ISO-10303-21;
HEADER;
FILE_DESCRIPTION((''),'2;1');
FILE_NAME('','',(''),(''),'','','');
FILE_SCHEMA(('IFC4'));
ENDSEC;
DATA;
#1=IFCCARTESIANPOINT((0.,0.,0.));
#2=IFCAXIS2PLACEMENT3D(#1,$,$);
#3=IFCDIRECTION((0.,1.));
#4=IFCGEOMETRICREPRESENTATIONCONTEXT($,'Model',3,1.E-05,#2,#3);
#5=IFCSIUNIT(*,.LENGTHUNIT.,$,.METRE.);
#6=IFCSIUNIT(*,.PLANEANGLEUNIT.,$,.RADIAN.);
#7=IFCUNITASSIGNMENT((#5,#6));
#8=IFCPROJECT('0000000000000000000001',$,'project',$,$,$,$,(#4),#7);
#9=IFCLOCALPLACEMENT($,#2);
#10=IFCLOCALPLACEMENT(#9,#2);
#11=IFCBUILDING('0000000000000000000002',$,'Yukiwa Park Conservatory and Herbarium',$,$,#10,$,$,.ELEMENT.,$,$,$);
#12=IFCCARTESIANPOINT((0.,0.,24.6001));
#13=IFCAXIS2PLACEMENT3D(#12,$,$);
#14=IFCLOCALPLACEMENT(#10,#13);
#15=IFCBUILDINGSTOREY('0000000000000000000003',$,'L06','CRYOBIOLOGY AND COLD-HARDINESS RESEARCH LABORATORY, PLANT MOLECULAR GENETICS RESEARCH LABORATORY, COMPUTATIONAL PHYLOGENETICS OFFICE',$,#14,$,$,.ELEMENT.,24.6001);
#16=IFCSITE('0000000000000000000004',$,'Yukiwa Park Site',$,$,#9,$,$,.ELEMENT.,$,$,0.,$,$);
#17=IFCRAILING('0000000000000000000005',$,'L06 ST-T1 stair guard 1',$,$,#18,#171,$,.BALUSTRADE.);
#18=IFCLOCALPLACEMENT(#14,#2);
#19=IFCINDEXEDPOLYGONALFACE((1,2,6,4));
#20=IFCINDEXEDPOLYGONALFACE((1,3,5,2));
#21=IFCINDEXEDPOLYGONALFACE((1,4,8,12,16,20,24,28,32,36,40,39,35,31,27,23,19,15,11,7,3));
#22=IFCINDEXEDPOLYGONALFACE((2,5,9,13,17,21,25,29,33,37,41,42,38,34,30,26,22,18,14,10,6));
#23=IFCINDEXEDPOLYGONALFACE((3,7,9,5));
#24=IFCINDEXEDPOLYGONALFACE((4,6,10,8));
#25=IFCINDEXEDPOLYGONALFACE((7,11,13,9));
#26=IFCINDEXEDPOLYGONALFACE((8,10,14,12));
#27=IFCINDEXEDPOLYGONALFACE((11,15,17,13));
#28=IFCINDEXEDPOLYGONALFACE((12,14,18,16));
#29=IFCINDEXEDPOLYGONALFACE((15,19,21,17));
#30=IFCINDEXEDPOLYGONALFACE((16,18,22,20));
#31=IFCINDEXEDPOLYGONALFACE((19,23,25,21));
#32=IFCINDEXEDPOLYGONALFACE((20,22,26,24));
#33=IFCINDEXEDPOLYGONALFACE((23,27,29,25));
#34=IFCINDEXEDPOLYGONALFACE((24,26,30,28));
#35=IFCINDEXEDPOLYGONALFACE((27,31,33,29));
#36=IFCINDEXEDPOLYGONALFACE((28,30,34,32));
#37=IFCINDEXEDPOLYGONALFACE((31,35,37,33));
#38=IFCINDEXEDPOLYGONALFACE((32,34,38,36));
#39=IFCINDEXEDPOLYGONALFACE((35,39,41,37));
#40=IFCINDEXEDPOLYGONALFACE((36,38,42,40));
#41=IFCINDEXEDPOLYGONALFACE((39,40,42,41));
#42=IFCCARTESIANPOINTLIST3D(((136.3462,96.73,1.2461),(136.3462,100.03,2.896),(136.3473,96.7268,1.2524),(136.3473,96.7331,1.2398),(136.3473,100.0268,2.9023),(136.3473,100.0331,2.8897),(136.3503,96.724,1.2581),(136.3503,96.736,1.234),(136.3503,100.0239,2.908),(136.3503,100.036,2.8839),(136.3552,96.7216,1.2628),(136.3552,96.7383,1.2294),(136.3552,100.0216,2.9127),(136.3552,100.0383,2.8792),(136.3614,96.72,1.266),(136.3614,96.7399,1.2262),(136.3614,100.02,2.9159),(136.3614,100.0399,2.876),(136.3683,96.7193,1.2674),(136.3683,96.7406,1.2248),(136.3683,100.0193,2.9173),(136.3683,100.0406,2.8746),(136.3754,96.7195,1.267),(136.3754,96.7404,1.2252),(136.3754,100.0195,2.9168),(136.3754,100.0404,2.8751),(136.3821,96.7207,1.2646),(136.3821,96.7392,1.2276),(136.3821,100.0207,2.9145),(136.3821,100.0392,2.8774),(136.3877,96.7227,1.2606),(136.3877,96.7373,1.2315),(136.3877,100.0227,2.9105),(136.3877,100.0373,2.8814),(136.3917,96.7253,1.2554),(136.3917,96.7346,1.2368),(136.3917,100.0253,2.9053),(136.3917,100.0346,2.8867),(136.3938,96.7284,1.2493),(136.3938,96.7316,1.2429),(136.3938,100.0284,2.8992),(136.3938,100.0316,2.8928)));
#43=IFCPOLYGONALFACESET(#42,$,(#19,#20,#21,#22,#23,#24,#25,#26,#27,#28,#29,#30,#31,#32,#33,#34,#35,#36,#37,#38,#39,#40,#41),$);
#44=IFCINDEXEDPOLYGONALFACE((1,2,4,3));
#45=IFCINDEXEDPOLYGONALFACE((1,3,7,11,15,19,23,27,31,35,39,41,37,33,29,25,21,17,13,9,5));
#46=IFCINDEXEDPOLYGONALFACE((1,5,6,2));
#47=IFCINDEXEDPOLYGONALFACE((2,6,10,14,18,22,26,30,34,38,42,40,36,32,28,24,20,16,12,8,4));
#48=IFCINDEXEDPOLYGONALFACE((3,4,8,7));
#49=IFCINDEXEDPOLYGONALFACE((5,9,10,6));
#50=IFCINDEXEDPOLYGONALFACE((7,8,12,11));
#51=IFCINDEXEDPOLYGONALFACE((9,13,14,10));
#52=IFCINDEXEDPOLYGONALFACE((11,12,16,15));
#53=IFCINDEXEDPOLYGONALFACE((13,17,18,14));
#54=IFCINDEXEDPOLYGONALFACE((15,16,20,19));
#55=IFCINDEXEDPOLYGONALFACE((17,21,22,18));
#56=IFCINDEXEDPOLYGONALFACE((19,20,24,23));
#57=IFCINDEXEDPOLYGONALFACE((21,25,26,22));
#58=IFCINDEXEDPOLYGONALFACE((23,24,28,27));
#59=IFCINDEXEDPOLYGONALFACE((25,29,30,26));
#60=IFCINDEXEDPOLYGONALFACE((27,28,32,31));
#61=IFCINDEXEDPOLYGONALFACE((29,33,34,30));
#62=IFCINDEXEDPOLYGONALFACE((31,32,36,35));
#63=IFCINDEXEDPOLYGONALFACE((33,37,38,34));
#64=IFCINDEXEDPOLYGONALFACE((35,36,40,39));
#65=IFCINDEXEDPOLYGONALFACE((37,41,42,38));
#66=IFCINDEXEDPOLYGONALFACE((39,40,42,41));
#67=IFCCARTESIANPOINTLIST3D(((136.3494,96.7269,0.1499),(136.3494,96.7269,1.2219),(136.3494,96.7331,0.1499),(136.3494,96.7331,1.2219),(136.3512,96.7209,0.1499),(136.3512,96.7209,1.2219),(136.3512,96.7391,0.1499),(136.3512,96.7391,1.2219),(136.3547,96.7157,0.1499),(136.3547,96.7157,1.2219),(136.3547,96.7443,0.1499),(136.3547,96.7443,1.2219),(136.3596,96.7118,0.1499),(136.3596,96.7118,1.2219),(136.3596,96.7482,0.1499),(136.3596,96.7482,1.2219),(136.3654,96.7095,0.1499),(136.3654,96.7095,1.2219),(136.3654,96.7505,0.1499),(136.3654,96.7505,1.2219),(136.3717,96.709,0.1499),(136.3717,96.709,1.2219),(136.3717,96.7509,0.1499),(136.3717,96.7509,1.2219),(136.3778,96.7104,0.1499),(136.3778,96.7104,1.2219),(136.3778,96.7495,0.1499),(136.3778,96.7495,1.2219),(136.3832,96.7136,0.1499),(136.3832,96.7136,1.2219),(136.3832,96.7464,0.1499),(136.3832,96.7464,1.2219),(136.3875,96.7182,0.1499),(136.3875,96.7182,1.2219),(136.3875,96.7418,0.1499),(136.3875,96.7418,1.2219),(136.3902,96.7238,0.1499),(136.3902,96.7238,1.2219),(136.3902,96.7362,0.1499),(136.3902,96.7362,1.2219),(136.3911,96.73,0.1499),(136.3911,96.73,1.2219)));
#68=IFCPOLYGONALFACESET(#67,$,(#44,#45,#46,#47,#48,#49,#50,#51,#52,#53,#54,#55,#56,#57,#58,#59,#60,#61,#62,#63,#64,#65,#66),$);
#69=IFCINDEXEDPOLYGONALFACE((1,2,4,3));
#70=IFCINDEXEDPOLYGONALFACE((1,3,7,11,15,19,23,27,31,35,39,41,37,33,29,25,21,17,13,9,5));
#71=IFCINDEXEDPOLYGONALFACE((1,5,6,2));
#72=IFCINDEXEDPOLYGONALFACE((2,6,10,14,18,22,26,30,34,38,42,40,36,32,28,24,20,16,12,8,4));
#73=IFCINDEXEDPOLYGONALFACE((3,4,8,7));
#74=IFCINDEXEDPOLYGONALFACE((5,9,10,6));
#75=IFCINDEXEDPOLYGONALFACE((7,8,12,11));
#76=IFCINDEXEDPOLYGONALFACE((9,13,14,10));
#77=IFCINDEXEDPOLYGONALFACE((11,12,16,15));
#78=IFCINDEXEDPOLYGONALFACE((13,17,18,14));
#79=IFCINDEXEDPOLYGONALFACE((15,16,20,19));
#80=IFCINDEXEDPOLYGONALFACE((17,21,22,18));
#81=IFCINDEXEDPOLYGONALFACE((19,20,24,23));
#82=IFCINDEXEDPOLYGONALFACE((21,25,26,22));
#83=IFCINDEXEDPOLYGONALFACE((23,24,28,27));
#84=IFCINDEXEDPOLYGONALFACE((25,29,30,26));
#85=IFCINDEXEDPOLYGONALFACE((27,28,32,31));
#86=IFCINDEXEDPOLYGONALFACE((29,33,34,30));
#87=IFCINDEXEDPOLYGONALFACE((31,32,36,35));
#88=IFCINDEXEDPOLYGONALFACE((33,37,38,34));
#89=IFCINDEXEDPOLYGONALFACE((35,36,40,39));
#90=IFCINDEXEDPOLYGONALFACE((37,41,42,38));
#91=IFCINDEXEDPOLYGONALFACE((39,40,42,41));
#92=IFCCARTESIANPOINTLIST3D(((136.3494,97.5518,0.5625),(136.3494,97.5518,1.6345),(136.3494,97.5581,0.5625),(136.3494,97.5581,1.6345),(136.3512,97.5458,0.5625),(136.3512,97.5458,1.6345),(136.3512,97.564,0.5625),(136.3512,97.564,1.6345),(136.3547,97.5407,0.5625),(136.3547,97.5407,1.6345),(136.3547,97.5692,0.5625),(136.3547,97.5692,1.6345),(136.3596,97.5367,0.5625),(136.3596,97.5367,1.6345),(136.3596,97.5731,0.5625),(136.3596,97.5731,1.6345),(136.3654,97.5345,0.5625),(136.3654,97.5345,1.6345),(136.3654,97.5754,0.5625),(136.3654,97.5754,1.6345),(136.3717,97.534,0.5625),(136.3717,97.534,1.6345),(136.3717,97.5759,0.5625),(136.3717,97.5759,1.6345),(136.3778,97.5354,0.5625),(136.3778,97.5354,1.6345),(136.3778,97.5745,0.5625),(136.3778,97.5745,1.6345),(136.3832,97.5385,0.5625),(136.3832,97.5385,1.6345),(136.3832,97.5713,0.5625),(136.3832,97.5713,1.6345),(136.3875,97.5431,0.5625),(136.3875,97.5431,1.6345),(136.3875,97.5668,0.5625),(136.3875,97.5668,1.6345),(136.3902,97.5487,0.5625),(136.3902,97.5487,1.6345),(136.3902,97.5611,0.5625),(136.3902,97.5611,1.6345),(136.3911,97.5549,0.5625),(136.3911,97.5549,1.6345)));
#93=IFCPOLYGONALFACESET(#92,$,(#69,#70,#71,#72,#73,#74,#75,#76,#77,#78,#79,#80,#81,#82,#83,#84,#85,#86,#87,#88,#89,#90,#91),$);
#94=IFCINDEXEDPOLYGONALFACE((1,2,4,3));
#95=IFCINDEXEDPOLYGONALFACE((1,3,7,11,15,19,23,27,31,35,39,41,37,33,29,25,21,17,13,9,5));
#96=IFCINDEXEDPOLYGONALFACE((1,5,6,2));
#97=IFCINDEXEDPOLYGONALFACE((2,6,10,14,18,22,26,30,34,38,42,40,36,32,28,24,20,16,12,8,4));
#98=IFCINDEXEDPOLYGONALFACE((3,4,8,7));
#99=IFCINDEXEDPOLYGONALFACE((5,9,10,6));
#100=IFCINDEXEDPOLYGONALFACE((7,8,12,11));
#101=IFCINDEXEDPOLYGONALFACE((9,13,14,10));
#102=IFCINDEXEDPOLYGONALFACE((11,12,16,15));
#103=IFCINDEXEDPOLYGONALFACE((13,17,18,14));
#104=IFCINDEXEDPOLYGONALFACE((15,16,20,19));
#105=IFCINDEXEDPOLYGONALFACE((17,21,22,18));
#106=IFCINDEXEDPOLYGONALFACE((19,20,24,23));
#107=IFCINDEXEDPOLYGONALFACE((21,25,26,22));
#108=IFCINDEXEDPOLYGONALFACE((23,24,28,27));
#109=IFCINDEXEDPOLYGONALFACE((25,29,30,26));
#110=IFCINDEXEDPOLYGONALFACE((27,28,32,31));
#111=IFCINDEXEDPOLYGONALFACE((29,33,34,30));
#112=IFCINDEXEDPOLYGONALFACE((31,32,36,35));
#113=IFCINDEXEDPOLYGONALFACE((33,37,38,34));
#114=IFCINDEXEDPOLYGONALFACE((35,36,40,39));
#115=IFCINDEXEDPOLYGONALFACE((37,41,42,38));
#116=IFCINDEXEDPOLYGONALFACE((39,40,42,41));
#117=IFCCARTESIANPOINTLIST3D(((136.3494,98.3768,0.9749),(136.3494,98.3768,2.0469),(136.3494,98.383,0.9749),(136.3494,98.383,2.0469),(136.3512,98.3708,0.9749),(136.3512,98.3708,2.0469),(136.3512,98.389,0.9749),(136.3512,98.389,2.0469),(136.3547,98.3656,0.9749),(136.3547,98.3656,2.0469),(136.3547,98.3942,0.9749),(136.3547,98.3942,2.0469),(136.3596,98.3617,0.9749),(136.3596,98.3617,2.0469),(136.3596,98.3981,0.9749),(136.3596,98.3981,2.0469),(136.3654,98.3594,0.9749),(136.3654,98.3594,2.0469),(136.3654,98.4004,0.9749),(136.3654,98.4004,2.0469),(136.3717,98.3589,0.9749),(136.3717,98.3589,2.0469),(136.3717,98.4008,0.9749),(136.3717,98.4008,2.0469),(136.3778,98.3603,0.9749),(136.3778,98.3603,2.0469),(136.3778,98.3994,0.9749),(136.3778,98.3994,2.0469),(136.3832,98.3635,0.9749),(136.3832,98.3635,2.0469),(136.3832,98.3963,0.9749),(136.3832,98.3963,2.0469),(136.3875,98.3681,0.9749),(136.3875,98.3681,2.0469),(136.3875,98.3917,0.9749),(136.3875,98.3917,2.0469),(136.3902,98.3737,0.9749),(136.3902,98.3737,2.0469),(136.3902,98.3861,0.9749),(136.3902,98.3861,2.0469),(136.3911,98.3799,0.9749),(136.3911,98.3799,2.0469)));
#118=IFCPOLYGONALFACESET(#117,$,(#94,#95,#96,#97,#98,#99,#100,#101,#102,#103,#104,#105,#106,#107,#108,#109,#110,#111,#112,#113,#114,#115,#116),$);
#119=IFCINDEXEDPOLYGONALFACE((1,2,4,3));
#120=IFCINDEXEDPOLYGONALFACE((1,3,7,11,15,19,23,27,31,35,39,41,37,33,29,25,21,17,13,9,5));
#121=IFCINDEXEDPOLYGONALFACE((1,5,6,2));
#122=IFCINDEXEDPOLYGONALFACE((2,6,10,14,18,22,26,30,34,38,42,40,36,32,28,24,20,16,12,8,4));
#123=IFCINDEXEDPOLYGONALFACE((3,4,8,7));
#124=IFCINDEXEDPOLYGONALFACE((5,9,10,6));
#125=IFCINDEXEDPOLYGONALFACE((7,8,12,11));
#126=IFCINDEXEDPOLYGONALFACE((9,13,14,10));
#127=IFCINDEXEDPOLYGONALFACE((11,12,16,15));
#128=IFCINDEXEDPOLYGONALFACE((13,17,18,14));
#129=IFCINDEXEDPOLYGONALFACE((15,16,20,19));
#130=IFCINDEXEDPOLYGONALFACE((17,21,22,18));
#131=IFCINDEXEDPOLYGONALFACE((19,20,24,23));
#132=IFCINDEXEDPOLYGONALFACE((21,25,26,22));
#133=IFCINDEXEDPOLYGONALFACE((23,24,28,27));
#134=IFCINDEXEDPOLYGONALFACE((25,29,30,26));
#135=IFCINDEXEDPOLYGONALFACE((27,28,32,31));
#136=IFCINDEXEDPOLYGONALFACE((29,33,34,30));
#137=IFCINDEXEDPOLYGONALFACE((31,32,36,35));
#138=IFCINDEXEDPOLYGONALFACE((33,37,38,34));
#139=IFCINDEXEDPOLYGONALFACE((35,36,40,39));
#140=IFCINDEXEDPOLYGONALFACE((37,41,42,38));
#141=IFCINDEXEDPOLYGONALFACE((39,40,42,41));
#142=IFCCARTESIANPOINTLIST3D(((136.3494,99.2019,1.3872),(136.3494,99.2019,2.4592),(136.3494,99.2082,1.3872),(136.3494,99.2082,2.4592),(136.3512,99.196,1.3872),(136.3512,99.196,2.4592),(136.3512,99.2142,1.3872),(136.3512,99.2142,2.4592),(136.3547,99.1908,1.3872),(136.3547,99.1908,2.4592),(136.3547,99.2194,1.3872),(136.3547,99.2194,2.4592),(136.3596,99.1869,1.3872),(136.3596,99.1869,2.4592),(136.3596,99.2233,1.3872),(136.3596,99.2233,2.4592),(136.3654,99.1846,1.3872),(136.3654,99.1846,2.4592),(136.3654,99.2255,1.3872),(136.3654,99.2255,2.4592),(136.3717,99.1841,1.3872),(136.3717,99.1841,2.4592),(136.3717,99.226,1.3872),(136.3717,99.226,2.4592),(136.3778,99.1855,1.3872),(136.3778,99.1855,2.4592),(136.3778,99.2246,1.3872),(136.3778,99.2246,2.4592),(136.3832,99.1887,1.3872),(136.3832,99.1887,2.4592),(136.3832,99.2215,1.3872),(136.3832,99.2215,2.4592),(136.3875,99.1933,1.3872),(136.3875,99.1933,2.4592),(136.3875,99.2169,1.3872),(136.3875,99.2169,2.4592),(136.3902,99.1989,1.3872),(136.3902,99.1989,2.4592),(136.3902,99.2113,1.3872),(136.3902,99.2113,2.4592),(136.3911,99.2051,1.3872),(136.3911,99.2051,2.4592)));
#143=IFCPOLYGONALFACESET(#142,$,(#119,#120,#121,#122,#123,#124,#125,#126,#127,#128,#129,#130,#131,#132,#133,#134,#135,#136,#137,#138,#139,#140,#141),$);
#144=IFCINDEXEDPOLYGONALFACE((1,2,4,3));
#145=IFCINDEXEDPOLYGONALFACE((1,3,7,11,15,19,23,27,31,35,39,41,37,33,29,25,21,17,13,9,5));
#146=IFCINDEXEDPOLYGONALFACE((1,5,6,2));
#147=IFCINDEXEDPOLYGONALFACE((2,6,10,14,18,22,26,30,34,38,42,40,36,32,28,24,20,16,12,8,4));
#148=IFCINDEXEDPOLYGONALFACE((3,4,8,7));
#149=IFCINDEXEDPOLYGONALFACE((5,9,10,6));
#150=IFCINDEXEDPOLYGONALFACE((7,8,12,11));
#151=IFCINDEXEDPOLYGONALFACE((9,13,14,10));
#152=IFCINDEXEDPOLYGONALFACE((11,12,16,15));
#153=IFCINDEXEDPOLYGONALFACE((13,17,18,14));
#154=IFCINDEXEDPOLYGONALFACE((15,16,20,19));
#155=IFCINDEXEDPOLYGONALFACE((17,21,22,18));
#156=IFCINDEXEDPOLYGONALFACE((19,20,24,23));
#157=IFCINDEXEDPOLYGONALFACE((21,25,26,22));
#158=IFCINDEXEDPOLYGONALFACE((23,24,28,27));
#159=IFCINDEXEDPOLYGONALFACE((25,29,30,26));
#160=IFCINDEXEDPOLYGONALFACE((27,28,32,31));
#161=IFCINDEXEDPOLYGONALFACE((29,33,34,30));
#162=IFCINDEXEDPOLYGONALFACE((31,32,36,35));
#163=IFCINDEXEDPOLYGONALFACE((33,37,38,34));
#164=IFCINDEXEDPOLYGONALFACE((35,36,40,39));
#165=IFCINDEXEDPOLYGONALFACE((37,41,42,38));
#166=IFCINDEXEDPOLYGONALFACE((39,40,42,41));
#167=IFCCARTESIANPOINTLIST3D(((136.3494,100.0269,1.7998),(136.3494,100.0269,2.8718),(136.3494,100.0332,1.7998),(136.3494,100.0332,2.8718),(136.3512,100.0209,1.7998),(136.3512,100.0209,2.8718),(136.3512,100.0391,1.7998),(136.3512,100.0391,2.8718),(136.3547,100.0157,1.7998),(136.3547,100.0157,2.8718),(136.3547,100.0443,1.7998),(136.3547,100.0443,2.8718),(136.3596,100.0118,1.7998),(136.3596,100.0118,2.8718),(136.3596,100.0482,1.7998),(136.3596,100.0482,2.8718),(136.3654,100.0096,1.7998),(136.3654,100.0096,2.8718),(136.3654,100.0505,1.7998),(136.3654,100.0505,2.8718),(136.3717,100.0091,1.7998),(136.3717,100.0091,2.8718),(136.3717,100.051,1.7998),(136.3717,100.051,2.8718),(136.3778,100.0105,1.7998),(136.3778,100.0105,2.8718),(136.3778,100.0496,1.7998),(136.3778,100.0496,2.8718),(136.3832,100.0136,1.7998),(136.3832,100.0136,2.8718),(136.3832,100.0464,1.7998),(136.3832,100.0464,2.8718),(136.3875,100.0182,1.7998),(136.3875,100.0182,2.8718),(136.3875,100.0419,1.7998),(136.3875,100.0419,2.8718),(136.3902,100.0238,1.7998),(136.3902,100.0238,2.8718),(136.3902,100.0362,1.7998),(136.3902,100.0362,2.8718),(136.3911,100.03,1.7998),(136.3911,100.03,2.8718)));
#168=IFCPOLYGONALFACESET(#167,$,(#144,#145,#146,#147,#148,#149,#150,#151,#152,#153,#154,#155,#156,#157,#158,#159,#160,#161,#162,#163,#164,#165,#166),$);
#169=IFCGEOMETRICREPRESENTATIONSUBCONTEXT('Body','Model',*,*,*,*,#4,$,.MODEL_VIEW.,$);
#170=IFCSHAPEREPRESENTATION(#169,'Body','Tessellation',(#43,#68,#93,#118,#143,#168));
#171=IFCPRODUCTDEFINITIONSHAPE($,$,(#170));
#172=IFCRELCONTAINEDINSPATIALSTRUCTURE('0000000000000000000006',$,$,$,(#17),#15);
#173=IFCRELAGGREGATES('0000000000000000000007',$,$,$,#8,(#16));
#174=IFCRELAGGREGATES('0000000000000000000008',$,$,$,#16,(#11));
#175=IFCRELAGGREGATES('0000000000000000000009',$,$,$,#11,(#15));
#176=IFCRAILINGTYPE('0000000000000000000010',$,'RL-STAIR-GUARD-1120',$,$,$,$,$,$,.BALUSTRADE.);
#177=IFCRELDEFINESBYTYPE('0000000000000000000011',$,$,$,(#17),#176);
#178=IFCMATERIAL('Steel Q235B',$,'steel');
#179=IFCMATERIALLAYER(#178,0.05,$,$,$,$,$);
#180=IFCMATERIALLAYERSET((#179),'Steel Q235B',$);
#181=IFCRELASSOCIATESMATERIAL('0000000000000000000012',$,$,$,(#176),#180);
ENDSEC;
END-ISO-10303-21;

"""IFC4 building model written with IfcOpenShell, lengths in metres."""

from ifc_helpers import new_model, si_unit, direction, frame, origin, origin_2d, place, context, subcontext, project, spatial, circle, extrude, material, layer, layer_set, type_object, element, save


model = new_model("IFC4")

# Units and contexts
model_context = context("Model", 3, precision=1e-05, world=origin(), true_north=direction((0.0, 1.0)))
body_context = subcontext(model_context, "Body", "Model", "MODEL_VIEW")
ifc_project = project(units=[si_unit("LENGTHUNIT", "METRE"), si_unit("PLANEANGLEUNIT", "RADIAN")], contexts=[model_context])

# Site, building, storey
site_placement = place(None, origin())
site = spatial("IfcSite", under=ifc_project, at=site_placement, Name="Yukiwa Park Site", CompositionType="ELEMENT", RefElevation=0.0)
building_placement = place(site_placement, origin())
building = spatial("IfcBuilding", under=site, at=building_placement, Name="Yukiwa Park Conservatory and Herbarium", CompositionType="ELEMENT")
storey_placement = place(building_placement, frame((0.0, 0.0, 24.6001)))
storey = spatial("IfcBuildingStorey", under=building, at=storey_placement, Name="L06", Description="CRYOBIOLOGY AND COLD-HARDINESS RESEARCH LABORATORY, PLANT MOLECULAR GENETICS RESEARCH LABORATORY, COMPUTATIONAL PHYLOGENETICS OFFICE", CompositionType="ELEMENT", Elevation=24.6001)

# Railing
ifc_material_1 = material(Name="Steel Q235B", Category="steel")
ifc_layer_1 = layer(ifc_material_1, 0.05)
ifc_layer_set_1 = layer_set([ifc_layer_1], Name="Steel Q235B")
railing_type_1 = type_object("IfcRailingType", Name="RL-STAIR-GUARD-1120", PredefinedType="BALUSTRADE", material=ifc_layer_set_1)
railing_1_placement = place(storey_placement, frame((136.3701, 96.73, 0.1499)))
element("IfcRailing", 1, at=railing_1_placement, inside=storey, type_object=railing_type_1, Name="L06 ST-T1 stair guard 1", PredefinedType="BALUSTRADE", context=body_context, shape_type="SweptSolid", body=[
    extrude(circle(Radius=0.0239, at=origin_2d()), frame((0.0, 0.0, 1.0962), z_axis=(0.0, 0.89444, 0.447187), x_axis=(-1.0, 0.0, 0.0)), (0.0, 0.0, 1.0), 3.6895),
    extrude(circle(Radius=0.021, at=origin_2d()), origin(), (0.0, 0.0, 1.0), 1.072),
    extrude(circle(Radius=0.021, at=origin_2d()), frame((0.0, 0.825, 0.4126)), (0.0, 0.0, 1.0), 1.072),
    extrude(circle(Radius=0.021, at=origin_2d()), frame((0.0, 1.6499, 0.825)), (0.0, 0.0, 1.0), 1.072),
    extrude(circle(Radius=0.021, at=origin_2d()), frame((0.0, 2.4751, 1.2373)), (0.0, 0.0, 1.0), 1.072),
    extrude(circle(Radius=0.021, at=origin_2d()), frame((0.0, 3.3, 1.6499)), (0.0, 0.0, 1.0), 1.072),
])

save(model, "model.ifc")
